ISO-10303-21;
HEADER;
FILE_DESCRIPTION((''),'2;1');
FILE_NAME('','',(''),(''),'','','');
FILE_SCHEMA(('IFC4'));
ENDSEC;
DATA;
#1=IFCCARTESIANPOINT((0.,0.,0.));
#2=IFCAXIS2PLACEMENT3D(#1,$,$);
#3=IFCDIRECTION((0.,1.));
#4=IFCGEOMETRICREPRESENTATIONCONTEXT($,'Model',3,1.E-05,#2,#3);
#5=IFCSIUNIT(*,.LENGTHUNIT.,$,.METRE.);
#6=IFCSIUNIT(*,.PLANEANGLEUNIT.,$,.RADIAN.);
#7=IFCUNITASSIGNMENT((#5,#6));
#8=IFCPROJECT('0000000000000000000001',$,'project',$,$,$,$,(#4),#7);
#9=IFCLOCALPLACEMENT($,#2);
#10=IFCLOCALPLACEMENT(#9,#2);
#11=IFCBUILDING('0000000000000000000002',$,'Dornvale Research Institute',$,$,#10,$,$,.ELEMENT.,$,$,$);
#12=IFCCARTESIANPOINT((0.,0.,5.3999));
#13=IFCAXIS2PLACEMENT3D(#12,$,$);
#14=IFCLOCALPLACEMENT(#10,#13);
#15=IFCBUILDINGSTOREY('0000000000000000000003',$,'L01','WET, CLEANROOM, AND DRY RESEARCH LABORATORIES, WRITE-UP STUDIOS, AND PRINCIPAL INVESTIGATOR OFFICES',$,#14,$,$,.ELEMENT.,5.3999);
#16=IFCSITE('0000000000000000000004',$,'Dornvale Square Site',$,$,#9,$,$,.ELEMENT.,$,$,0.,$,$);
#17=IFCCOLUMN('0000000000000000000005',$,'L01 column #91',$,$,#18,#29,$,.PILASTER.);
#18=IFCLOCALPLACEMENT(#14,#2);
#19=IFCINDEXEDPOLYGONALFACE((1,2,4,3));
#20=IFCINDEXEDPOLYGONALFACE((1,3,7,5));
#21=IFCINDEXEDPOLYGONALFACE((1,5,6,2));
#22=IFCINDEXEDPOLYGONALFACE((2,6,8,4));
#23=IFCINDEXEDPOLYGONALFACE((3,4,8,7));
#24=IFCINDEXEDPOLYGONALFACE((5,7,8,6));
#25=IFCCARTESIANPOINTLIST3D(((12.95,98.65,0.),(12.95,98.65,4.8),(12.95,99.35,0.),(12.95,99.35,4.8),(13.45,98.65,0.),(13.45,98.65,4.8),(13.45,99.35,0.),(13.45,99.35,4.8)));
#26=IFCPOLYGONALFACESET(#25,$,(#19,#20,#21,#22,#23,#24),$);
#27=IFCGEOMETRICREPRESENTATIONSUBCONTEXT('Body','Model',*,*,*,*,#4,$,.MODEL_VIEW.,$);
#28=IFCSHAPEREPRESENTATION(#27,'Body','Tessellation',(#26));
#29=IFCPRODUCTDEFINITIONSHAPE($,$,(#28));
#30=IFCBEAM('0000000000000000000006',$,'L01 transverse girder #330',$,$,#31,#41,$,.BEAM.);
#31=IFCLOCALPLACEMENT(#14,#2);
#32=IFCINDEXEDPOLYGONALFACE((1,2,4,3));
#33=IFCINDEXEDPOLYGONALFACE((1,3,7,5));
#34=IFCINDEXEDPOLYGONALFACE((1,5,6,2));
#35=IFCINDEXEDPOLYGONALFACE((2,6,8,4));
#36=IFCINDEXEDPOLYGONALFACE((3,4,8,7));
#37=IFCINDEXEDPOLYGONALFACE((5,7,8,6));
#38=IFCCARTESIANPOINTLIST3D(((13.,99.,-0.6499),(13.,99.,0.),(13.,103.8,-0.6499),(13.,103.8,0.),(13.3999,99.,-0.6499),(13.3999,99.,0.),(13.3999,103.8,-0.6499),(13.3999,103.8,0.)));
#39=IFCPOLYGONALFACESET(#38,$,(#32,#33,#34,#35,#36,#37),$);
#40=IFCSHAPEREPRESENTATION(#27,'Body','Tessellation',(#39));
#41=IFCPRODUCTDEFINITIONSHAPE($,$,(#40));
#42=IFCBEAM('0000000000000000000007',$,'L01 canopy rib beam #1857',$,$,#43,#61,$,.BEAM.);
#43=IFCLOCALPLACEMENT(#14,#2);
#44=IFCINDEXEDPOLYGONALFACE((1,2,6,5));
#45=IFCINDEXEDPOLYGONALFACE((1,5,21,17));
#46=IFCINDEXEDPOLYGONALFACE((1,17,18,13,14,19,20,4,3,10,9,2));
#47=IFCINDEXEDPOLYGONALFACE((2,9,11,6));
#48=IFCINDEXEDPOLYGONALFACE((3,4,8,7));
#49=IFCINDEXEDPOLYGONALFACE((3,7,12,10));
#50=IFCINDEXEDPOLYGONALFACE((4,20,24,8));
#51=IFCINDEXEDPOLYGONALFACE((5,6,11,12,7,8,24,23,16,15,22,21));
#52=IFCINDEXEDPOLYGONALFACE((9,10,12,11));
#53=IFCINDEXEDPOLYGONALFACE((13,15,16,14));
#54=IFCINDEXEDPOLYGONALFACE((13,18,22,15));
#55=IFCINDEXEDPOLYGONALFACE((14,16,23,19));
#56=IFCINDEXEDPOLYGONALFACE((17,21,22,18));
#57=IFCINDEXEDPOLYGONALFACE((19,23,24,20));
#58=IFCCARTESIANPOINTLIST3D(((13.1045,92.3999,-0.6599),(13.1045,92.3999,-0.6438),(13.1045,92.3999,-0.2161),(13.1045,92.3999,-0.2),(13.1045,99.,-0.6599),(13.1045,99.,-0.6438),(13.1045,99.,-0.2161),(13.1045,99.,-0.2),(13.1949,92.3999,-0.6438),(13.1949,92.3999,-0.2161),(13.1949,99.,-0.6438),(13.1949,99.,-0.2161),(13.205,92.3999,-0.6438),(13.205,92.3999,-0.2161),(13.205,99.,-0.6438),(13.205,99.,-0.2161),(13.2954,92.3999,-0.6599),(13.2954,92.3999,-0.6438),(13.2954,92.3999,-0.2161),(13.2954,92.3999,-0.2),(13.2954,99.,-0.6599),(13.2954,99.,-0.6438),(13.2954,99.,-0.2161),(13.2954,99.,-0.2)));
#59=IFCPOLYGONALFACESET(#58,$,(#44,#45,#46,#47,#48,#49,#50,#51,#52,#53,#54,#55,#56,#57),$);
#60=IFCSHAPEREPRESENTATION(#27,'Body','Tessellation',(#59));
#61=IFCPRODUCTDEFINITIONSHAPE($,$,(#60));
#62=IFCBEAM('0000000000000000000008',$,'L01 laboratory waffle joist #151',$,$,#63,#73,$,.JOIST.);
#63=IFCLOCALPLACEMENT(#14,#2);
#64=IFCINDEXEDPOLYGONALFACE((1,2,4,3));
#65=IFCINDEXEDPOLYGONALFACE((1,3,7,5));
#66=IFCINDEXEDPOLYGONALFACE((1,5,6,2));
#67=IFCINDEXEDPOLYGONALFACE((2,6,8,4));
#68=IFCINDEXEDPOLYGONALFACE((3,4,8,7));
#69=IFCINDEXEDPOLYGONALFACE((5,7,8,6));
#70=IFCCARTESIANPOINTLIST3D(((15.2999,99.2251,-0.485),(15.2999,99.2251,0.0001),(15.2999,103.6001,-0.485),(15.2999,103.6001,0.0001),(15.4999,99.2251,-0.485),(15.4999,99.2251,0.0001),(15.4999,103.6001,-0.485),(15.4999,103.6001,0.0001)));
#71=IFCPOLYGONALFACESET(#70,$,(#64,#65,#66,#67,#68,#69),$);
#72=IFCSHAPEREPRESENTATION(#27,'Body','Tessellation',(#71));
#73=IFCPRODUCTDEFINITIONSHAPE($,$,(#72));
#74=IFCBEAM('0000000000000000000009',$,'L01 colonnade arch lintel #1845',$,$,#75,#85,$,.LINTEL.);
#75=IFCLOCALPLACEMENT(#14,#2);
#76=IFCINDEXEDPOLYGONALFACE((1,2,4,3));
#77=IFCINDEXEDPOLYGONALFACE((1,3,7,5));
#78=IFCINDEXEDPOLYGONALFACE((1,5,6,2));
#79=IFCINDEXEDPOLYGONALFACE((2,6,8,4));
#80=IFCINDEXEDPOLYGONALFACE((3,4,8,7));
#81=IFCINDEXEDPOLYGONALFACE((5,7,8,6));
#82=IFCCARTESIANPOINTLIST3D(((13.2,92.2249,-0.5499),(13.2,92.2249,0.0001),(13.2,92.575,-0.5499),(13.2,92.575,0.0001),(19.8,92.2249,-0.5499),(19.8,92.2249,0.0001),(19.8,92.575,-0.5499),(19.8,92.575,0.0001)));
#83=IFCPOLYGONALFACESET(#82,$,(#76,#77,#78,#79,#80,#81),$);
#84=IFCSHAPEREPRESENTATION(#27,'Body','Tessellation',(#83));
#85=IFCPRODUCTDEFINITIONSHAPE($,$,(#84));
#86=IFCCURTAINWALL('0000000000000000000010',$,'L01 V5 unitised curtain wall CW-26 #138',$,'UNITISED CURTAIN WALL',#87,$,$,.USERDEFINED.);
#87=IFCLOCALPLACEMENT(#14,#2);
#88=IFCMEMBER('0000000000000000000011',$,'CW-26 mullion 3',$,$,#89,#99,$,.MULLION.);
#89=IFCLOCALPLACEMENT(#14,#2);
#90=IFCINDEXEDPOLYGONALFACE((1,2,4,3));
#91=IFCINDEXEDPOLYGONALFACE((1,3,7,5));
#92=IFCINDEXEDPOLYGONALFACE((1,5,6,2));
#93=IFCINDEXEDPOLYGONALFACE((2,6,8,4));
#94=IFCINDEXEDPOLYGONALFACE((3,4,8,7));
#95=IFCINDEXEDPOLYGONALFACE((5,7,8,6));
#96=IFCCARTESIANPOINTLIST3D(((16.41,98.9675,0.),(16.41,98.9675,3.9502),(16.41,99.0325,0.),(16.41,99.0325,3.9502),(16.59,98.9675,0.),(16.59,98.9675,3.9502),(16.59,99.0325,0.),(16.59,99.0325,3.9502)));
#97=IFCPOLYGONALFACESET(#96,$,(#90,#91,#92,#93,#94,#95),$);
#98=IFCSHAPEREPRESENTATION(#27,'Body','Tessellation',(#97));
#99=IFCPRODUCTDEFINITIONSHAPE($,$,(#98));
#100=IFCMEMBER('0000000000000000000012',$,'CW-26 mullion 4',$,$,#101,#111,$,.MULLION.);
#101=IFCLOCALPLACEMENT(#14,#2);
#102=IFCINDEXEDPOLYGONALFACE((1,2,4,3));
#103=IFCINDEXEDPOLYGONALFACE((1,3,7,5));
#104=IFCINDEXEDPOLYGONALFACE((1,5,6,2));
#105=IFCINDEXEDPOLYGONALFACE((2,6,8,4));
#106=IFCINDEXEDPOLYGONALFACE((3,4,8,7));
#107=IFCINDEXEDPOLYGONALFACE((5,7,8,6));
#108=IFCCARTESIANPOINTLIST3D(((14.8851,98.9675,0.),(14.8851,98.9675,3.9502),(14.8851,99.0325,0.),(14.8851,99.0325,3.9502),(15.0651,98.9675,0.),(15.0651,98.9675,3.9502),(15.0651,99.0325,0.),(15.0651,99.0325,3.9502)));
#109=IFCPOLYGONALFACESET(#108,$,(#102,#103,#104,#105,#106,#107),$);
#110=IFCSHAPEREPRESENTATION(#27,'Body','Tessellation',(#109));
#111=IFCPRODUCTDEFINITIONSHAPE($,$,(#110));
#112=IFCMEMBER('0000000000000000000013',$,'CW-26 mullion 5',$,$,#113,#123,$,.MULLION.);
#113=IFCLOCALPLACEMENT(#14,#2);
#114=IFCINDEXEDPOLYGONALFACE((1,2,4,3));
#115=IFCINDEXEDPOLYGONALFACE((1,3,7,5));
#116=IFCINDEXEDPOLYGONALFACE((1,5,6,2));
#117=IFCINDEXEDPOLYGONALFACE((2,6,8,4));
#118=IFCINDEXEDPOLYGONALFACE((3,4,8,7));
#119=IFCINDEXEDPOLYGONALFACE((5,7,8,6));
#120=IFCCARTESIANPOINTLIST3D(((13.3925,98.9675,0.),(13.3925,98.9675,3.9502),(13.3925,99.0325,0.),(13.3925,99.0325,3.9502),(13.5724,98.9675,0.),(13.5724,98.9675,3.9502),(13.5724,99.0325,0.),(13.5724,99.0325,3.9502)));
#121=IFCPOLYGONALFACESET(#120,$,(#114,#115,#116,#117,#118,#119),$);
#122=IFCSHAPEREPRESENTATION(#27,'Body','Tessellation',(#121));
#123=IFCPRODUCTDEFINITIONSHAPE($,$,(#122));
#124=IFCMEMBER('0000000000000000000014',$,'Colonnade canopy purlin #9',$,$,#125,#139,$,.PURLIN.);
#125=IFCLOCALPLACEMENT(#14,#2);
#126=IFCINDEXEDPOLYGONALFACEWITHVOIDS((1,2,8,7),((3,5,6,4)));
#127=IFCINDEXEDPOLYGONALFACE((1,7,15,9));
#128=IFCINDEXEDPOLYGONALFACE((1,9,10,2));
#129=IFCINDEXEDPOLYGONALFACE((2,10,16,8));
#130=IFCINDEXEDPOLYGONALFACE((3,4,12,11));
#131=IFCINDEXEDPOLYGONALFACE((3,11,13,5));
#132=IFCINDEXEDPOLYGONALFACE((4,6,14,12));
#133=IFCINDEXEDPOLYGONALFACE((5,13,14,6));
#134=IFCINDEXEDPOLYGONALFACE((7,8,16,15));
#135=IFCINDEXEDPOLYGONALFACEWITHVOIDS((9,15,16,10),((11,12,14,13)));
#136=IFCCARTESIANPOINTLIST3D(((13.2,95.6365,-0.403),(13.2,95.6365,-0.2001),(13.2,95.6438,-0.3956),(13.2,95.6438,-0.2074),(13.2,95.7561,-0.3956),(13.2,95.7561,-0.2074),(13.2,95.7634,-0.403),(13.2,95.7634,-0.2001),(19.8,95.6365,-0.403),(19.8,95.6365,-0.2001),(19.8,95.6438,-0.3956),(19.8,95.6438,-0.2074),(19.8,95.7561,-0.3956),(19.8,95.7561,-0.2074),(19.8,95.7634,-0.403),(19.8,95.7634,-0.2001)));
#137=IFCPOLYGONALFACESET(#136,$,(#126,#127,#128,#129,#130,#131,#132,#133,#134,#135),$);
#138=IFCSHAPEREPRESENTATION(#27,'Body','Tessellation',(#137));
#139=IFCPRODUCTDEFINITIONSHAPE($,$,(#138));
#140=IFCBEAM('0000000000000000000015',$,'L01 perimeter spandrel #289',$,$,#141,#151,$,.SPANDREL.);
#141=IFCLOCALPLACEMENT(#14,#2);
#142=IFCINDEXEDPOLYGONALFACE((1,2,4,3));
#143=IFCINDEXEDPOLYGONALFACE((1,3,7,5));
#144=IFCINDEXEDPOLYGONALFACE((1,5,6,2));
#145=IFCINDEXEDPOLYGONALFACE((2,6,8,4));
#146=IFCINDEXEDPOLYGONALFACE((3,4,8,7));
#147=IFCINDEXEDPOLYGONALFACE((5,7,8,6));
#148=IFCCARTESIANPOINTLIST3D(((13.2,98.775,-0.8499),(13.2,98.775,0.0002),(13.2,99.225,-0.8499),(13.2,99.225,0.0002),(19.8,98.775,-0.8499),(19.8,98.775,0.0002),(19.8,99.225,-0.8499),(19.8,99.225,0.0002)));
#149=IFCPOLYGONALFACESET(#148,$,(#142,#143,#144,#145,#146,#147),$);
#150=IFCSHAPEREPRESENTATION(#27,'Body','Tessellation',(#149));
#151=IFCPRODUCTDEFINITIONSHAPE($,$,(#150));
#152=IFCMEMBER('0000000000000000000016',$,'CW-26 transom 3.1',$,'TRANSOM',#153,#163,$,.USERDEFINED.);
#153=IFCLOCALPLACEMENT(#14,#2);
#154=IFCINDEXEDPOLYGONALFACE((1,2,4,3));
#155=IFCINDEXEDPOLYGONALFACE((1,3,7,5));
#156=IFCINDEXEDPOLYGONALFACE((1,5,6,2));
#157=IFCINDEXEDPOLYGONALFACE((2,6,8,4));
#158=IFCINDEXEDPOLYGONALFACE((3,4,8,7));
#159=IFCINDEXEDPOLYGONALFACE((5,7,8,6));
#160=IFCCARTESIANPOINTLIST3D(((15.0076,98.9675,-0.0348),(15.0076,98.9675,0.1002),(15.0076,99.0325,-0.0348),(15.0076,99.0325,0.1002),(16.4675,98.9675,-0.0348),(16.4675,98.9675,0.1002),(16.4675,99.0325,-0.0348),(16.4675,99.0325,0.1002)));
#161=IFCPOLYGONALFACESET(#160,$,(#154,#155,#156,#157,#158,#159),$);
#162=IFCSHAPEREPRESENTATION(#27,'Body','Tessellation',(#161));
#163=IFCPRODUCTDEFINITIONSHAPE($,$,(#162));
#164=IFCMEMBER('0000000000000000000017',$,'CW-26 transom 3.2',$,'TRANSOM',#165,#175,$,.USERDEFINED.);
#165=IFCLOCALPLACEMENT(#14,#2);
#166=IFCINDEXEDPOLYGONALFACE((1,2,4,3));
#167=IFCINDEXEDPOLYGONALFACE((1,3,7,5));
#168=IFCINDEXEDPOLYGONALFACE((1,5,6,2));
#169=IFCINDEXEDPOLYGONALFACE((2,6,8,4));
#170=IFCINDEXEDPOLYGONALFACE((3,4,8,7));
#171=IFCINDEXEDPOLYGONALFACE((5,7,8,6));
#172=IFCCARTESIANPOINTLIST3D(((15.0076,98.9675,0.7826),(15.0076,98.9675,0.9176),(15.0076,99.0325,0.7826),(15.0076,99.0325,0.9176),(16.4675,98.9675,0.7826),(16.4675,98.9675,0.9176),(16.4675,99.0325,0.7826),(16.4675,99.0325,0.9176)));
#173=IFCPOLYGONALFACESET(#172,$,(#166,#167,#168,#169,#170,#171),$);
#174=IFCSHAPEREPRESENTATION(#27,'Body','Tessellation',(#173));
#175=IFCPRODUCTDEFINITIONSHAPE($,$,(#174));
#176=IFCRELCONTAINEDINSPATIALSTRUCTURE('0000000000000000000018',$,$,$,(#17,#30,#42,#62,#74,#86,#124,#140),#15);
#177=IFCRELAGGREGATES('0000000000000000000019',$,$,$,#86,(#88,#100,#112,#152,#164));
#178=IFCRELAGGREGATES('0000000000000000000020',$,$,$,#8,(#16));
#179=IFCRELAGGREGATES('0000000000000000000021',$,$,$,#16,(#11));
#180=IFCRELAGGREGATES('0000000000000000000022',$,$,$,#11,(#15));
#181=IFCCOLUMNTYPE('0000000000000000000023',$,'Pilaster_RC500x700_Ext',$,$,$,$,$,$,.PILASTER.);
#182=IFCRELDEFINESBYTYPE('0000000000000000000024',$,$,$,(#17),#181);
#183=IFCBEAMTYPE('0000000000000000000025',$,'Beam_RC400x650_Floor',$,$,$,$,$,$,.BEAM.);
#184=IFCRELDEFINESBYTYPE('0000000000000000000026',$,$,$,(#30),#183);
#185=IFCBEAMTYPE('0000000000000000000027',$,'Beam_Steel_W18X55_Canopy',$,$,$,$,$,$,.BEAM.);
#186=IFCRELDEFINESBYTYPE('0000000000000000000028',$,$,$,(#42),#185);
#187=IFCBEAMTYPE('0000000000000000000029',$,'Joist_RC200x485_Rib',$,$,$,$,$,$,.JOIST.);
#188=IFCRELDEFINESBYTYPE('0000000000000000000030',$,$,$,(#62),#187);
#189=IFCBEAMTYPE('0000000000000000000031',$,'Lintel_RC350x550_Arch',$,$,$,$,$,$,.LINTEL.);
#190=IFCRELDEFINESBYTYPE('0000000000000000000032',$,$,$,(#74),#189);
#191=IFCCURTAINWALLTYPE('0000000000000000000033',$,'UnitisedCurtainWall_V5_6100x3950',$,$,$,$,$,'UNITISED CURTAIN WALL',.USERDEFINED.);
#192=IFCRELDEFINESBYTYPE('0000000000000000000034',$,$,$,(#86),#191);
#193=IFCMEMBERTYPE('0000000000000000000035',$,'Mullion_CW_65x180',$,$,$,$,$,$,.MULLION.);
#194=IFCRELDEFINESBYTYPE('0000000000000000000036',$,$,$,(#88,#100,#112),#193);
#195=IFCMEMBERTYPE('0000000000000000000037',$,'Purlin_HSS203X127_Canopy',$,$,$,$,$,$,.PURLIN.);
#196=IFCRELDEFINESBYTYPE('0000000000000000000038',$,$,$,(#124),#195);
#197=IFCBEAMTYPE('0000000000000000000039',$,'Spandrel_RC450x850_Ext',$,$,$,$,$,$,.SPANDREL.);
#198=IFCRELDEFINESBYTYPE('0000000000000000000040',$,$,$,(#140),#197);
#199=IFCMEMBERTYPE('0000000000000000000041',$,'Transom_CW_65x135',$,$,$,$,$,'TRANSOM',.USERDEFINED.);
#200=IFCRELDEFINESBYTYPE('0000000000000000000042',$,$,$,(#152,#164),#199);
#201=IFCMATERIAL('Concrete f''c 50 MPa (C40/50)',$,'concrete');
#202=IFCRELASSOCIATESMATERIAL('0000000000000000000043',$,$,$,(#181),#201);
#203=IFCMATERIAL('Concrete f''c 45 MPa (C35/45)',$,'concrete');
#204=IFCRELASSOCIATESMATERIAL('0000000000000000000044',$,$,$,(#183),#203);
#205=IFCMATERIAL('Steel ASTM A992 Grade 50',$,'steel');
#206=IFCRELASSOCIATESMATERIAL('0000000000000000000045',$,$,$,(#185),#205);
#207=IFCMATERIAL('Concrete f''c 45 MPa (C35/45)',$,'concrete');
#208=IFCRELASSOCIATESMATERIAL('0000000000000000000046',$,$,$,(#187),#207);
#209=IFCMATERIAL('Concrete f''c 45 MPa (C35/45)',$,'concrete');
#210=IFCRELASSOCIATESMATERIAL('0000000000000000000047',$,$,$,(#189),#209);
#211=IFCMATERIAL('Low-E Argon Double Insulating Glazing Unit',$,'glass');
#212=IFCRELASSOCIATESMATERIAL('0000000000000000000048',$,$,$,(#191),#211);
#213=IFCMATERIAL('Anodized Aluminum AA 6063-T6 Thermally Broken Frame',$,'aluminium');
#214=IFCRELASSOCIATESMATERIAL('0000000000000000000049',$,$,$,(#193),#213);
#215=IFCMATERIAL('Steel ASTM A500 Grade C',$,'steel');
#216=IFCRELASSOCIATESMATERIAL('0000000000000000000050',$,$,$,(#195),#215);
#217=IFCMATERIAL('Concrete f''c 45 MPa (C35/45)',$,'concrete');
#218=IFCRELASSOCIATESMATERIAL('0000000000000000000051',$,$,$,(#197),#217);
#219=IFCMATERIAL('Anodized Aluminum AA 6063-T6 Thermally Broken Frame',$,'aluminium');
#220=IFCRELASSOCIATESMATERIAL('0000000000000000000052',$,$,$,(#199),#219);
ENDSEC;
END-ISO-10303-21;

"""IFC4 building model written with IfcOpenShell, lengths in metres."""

from ifc_helpers import new_model, si_unit, direction, frame, origin, origin_2d, place, context, subcontext, project, spatial, rectangle, hollow_rectangle, i_section, extrude, material, material_profile, profile_set, type_object, element, aggregate, save


model = new_model("IFC4")

# Units and contexts
model_context = context("Model", 3, precision=1e-05, world=origin(), true_north=direction((0.0, 1.0)))
body_context = subcontext(model_context, "Body", "Model", "MODEL_VIEW")
ifc_project = project(units=[si_unit("LENGTHUNIT", "METRE"), si_unit("PLANEANGLEUNIT", "RADIAN")], contexts=[model_context])

# Site, building, storey
site_placement = place(None, origin())
site = spatial("IfcSite", under=ifc_project, at=site_placement, Name="Dornvale Square Site", CompositionType="ELEMENT", RefElevation=0.0)
building_placement = place(site_placement, origin())
building = spatial("IfcBuilding", under=site, at=building_placement, Name="Dornvale Research Institute", CompositionType="ELEMENT")
storey_placement = place(building_placement, frame((0.0, 0.0, 5.3999)))
storey = spatial("IfcBuildingStorey", under=building, at=storey_placement, Name="L01", Description="WET, CLEANROOM, AND DRY RESEARCH LABORATORIES, WRITE-UP STUDIOS, AND PRINCIPAL INVESTIGATOR OFFICES", CompositionType="ELEMENT", Elevation=5.3999)

# Column
ifc_material_1 = material(Name="Concrete f'c 50 MPa (C40/50)", Category="concrete")
ifc_material_profile_1 = material_profile(ifc_material_1, rectangle(XDim=0.5, YDim=0.7, at=origin_2d()), Name="RC 500x700")
ifc_profile_set_1 = profile_set([ifc_material_profile_1], Name="Concrete f'c 50 MPa (C40/50)")
column_type = type_object("IfcColumnType", Name="Pilaster_RC500x700_Ext", PredefinedType="PILASTER", material=ifc_profile_set_1)
column_placement = place(storey_placement, frame((13.2, 99.0, 0.0), z_axis=(0.0, 0.0, 1.0), x_axis=(1.0, 0.0, 0.0)))
element("IfcColumn", 1, at=column_placement, inside=storey, type_object=column_type, Name="L01 column #91", PredefinedType="PILASTER", context=body_context, shape_type="SweptSolid", body=[
    extrude(rectangle(XDim=0.5, YDim=0.7, at=origin_2d()), origin(), (0.0, 0.0, 1.0), 4.8),
])

# Beams
ifc_material_2 = material(Name="Concrete f'c 45 MPa (C35/45)", Category="concrete")
ifc_material_profile_2 = material_profile(ifc_material_2, rectangle(XDim=0.3999, YDim=0.6499, at=origin_2d()), Name="RC 400x650")
ifc_profile_set_2 = profile_set([ifc_material_profile_2], Name="Concrete f'c 45 MPa (C35/45)")
beam_type_1 = type_object("IfcBeamType", Name="Beam_RC400x650_Floor", PredefinedType="BEAM", material=ifc_profile_set_2)
beam_1_placement = place(storey_placement, frame((13.2, 99.0, -0.325), z_axis=(0.0, 1.0, 0.0), x_axis=(-1.0, 0.0, 0.0)))
element("IfcBeam", 2, at=beam_1_placement, inside=storey, type_object=beam_type_1, Name="L01 transverse girder #330", PredefinedType="BEAM", context=body_context, shape_type="SweptSolid", body=[
    extrude(rectangle(XDim=0.3999, YDim=0.6499, at=origin_2d()), origin(), (0.0, 0.0, 1.0), 4.8),
])
ifc_material_3 = material(Name="Steel ASTM A992 Grade 50", Category="steel")
ifc_material_profile_3 = material_profile(ifc_material_3, i_section(OverallWidth=0.1909, OverallDepth=0.46, WebThickness=0.01, FlangeThickness=0.0161, at=origin_2d()), Name="W18X55")
ifc_profile_set_3 = profile_set([ifc_material_profile_3], Name="Steel ASTM A992 Grade 50")
beam_type_2 = type_object("IfcBeamType", Name="Beam_Steel_W18X55_Canopy", PredefinedType="BEAM", material=ifc_profile_set_3)
beam_2_placement = place(storey_placement, frame((13.2, 92.3999, -0.4299), z_axis=(0.0, 1.0, 0.0), x_axis=(-1.0, 0.0, 0.0)))
element("IfcBeam", 3, at=beam_2_placement, inside=storey, type_object=beam_type_2, Name="L01 canopy rib beam #1857", PredefinedType="BEAM", context=body_context, shape_type="SweptSolid", body=[
    extrude(i_section(OverallWidth=0.1909, OverallDepth=0.46, WebThickness=0.01, FlangeThickness=0.0161, at=origin_2d()), origin(), (0.0, 0.0, 1.0), 6.6001),
])
ifc_material_4 = material(Name="Concrete f'c 45 MPa (C35/45)", Category="concrete")
ifc_material_profile_4 = material_profile(ifc_material_4, rectangle(XDim=0.2, YDim=0.4851, at=origin_2d()), Name="RC 200x485")
ifc_profile_set_4 = profile_set([ifc_material_profile_4], Name="Concrete f'c 45 MPa (C35/45)")
beam_type_3 = type_object("IfcBeamType", Name="Joist_RC200x485_Rib", PredefinedType="JOIST", material=ifc_profile_set_4)
beam_3_placement = place(storey_placement, frame((15.3999, 99.2251, -0.2424), z_axis=(0.0, 1.0, 0.0), x_axis=(-1.0, 0.0, 0.0)))
element("IfcBeam", 4, at=beam_3_placement, inside=storey, type_object=beam_type_3, Name="L01 laboratory waffle joist #151", PredefinedType="JOIST", context=body_context, shape_type="SweptSolid", body=[
    extrude(rectangle(XDim=0.2, YDim=0.4851, at=origin_2d()), origin(), (0.0, 0.0, 1.0), 4.375),
])
ifc_material_5 = material(Name="Concrete f'c 45 MPa (C35/45)", Category="concrete")
ifc_material_profile_5 = material_profile(ifc_material_5, rectangle(XDim=0.3501, YDim=0.55, at=origin_2d()), Name="RC 350x550")
ifc_profile_set_5 = profile_set([ifc_material_profile_5], Name="Concrete f'c 45 MPa (C35/45)")
beam_type_4 = type_object("IfcBeamType", Name="Lintel_RC350x550_Arch", PredefinedType="LINTEL", material=ifc_profile_set_5)
beam_4_placement = place(storey_placement, frame((13.2, 92.3999, -0.2749), z_axis=(1.0, 0.0, 0.0), x_axis=(0.0, 1.0, 0.0)))
element("IfcBeam", 5, at=beam_4_placement, inside=storey, type_object=beam_type_4, Name="L01 colonnade arch lintel #1845", PredefinedType="LINTEL", context=body_context, shape_type="SweptSolid", body=[
    extrude(rectangle(XDim=0.3501, YDim=0.55, at=origin_2d()), origin(), (0.0, 0.0, 1.0), 6.6001),
])

# Curtain wall, members
ifc_material_6 = material(Name="Low-E Argon Double Insulating Glazing Unit", Category="glass")
curtain_wall_type = type_object("IfcCurtainWallType", Name="UnitisedCurtainWall_V5_6100x3950", ElementType="UNITISED CURTAIN WALL", PredefinedType="USERDEFINED", material=ifc_material_6)
curtain_wall_placement = place(storey_placement, origin())
curtain_wall = element("IfcCurtainWall", 6, at=curtain_wall_placement, inside=storey, type_object=curtain_wall_type, Name="L01 V5 unitised curtain wall CW-26 #138", ObjectType="UNITISED CURTAIN WALL", PredefinedType="USERDEFINED")
ifc_material_7 = material(Name="Anodized Aluminum AA 6063-T6 Thermally Broken Frame", Category="aluminium")
ifc_material_profile_6 = material_profile(ifc_material_7, rectangle(XDim=0.0649, YDim=0.1799, at=origin_2d()), Name="ALU MULLION 65x180")
ifc_profile_set_6 = profile_set([ifc_material_profile_6], Name="Anodized Aluminum AA 6063-T6 Thermally Broken Frame")
member_type_1 = type_object("IfcMemberType", Name="Mullion_CW_65x180", PredefinedType="MULLION", material=ifc_profile_set_6)
member_1_placement = place(storey_placement, frame((16.5, 99.0, 0.0), z_axis=(0.0, 0.0, 1.0), x_axis=(0.0, -1.0, 0.0)))
member_1 = element("IfcMember", 7, at=member_1_placement, type_object=member_type_1, Name="CW-26 mullion 3", PredefinedType="MULLION", context=body_context, shape_type="SweptSolid", body=[
    extrude(rectangle(XDim=0.0649, YDim=0.1799, at=origin_2d()), origin(), (0.0, 0.0, 1.0), 3.9502),
])
member_2_placement = place(storey_placement, frame((14.9751, 99.0, 0.0), z_axis=(0.0, 0.0, 1.0), x_axis=(0.0, -1.0, 0.0)))
member_2 = element("IfcMember", 8, at=member_2_placement, type_object=member_type_1, Name="CW-26 mullion 4", PredefinedType="MULLION", context=body_context, shape_type="SweptSolid", body=[
    extrude(rectangle(XDim=0.0649, YDim=0.1799, at=origin_2d()), origin(), (0.0, 0.0, 1.0), 3.9502),
])
member_3_placement = place(storey_placement, frame((13.4824, 99.0, 0.0), z_axis=(0.0, 0.0, 1.0), x_axis=(0.0, -1.0, 0.0)))
member_3 = element("IfcMember", 9, at=member_3_placement, type_object=member_type_1, Name="CW-26 mullion 5", PredefinedType="MULLION", context=body_context, shape_type="SweptSolid", body=[
    extrude(rectangle(XDim=0.0649, YDim=0.1799, at=origin_2d()), origin(), (0.0, 0.0, 1.0), 3.9502),
])

# Member
ifc_material_8 = material(Name="Steel ASTM A500 Grade C", Category="steel")
ifc_material_profile_7 = material_profile(ifc_material_8, hollow_rectangle(XDim=0.127, YDim=0.2029, WallThickness=0.0073, at=origin_2d()), Name="HSS203X127X7.9")
ifc_profile_set_7 = profile_set([ifc_material_profile_7], Name="Steel ASTM A500 Grade C")
member_type_2 = type_object("IfcMemberType", Name="Purlin_HSS203X127_Canopy", PredefinedType="PURLIN", material=ifc_profile_set_7)
member_4_placement = place(storey_placement, frame((13.2, 95.7, -0.3015), z_axis=(1.0, 0.0, 0.0), x_axis=(0.0, 1.0, 0.0)))
element("IfcMember", 10, at=member_4_placement, inside=storey, type_object=member_type_2, Name="Colonnade canopy purlin #9", PredefinedType="PURLIN", context=body_context, shape_type="SweptSolid", body=[
    extrude(hollow_rectangle(XDim=0.127, YDim=0.2029, WallThickness=0.0073, at=origin_2d()), origin(), (0.0, 0.0, 1.0), 6.6001),
])

# Beam
ifc_material_9 = material(Name="Concrete f'c 45 MPa (C35/45)", Category="concrete")
ifc_material_profile_8 = material_profile(ifc_material_9, rectangle(XDim=0.45, YDim=0.8501, at=origin_2d()), Name="RC 450x850")
ifc_profile_set_8 = profile_set([ifc_material_profile_8], Name="Concrete f'c 45 MPa (C35/45)")
beam_type_5 = type_object("IfcBeamType", Name="Spandrel_RC450x850_Ext", PredefinedType="SPANDREL", material=ifc_profile_set_8)
beam_5_placement = place(storey_placement, frame((13.2, 99.0, -0.4248), z_axis=(1.0, 0.0, 0.0), x_axis=(0.0, 1.0, 0.0)))
element("IfcBeam", 11, at=beam_5_placement, inside=storey, type_object=beam_type_5, Name="L01 perimeter spandrel #289", PredefinedType="SPANDREL", context=body_context, shape_type="SweptSolid", body=[
    extrude(rectangle(XDim=0.45, YDim=0.8501, at=origin_2d()), origin(), (0.0, 0.0, 1.0), 6.6001),
])

# Members
ifc_material_10 = material(Name="Anodized Aluminum AA 6063-T6 Thermally Broken Frame", Category="aluminium")
ifc_material_profile_9 = material_profile(ifc_material_10, rectangle(XDim=0.0649, YDim=0.135, at=origin_2d()), Name="ALU TRANSOM 65x135")
ifc_profile_set_9 = profile_set([ifc_material_profile_9], Name="Anodized Aluminum AA 6063-T6 Thermally Broken Frame")
member_type_3 = type_object("IfcMemberType", Name="Transom_CW_65x135", ElementType="TRANSOM", PredefinedType="USERDEFINED", material=ifc_profile_set_9)
member_5_placement = place(storey_placement, frame((16.4675, 99.0, 0.0327), z_axis=(-1.0, 0.0, 0.0), x_axis=(0.0, -1.0, 0.0)))
member_5 = element("IfcMember", 12, at=member_5_placement, type_object=member_type_3, Name="CW-26 transom 3.1", ObjectType="TRANSOM", PredefinedType="USERDEFINED", context=body_context, shape_type="SweptSolid", body=[
    extrude(rectangle(XDim=0.0649, YDim=0.135, at=origin_2d()), origin(), (0.0, 0.0, 1.0), 1.46),
])
member_6_placement = place(storey_placement, frame((16.4675, 99.0, 0.8501), z_axis=(-1.0, 0.0, 0.0), x_axis=(0.0, -1.0, 0.0)))
member_6 = element("IfcMember", 13, at=member_6_placement, type_object=member_type_3, Name="CW-26 transom 3.2", ObjectType="TRANSOM", PredefinedType="USERDEFINED", context=body_context, shape_type="SweptSolid", body=[
    extrude(rectangle(XDim=0.0649, YDim=0.135, at=origin_2d()), origin(), (0.0, 0.0, 1.0), 1.46),
])

aggregate(curtain_wall, [member_1, member_2, member_3, member_5, member_6])

save(model, "model.ifc")
